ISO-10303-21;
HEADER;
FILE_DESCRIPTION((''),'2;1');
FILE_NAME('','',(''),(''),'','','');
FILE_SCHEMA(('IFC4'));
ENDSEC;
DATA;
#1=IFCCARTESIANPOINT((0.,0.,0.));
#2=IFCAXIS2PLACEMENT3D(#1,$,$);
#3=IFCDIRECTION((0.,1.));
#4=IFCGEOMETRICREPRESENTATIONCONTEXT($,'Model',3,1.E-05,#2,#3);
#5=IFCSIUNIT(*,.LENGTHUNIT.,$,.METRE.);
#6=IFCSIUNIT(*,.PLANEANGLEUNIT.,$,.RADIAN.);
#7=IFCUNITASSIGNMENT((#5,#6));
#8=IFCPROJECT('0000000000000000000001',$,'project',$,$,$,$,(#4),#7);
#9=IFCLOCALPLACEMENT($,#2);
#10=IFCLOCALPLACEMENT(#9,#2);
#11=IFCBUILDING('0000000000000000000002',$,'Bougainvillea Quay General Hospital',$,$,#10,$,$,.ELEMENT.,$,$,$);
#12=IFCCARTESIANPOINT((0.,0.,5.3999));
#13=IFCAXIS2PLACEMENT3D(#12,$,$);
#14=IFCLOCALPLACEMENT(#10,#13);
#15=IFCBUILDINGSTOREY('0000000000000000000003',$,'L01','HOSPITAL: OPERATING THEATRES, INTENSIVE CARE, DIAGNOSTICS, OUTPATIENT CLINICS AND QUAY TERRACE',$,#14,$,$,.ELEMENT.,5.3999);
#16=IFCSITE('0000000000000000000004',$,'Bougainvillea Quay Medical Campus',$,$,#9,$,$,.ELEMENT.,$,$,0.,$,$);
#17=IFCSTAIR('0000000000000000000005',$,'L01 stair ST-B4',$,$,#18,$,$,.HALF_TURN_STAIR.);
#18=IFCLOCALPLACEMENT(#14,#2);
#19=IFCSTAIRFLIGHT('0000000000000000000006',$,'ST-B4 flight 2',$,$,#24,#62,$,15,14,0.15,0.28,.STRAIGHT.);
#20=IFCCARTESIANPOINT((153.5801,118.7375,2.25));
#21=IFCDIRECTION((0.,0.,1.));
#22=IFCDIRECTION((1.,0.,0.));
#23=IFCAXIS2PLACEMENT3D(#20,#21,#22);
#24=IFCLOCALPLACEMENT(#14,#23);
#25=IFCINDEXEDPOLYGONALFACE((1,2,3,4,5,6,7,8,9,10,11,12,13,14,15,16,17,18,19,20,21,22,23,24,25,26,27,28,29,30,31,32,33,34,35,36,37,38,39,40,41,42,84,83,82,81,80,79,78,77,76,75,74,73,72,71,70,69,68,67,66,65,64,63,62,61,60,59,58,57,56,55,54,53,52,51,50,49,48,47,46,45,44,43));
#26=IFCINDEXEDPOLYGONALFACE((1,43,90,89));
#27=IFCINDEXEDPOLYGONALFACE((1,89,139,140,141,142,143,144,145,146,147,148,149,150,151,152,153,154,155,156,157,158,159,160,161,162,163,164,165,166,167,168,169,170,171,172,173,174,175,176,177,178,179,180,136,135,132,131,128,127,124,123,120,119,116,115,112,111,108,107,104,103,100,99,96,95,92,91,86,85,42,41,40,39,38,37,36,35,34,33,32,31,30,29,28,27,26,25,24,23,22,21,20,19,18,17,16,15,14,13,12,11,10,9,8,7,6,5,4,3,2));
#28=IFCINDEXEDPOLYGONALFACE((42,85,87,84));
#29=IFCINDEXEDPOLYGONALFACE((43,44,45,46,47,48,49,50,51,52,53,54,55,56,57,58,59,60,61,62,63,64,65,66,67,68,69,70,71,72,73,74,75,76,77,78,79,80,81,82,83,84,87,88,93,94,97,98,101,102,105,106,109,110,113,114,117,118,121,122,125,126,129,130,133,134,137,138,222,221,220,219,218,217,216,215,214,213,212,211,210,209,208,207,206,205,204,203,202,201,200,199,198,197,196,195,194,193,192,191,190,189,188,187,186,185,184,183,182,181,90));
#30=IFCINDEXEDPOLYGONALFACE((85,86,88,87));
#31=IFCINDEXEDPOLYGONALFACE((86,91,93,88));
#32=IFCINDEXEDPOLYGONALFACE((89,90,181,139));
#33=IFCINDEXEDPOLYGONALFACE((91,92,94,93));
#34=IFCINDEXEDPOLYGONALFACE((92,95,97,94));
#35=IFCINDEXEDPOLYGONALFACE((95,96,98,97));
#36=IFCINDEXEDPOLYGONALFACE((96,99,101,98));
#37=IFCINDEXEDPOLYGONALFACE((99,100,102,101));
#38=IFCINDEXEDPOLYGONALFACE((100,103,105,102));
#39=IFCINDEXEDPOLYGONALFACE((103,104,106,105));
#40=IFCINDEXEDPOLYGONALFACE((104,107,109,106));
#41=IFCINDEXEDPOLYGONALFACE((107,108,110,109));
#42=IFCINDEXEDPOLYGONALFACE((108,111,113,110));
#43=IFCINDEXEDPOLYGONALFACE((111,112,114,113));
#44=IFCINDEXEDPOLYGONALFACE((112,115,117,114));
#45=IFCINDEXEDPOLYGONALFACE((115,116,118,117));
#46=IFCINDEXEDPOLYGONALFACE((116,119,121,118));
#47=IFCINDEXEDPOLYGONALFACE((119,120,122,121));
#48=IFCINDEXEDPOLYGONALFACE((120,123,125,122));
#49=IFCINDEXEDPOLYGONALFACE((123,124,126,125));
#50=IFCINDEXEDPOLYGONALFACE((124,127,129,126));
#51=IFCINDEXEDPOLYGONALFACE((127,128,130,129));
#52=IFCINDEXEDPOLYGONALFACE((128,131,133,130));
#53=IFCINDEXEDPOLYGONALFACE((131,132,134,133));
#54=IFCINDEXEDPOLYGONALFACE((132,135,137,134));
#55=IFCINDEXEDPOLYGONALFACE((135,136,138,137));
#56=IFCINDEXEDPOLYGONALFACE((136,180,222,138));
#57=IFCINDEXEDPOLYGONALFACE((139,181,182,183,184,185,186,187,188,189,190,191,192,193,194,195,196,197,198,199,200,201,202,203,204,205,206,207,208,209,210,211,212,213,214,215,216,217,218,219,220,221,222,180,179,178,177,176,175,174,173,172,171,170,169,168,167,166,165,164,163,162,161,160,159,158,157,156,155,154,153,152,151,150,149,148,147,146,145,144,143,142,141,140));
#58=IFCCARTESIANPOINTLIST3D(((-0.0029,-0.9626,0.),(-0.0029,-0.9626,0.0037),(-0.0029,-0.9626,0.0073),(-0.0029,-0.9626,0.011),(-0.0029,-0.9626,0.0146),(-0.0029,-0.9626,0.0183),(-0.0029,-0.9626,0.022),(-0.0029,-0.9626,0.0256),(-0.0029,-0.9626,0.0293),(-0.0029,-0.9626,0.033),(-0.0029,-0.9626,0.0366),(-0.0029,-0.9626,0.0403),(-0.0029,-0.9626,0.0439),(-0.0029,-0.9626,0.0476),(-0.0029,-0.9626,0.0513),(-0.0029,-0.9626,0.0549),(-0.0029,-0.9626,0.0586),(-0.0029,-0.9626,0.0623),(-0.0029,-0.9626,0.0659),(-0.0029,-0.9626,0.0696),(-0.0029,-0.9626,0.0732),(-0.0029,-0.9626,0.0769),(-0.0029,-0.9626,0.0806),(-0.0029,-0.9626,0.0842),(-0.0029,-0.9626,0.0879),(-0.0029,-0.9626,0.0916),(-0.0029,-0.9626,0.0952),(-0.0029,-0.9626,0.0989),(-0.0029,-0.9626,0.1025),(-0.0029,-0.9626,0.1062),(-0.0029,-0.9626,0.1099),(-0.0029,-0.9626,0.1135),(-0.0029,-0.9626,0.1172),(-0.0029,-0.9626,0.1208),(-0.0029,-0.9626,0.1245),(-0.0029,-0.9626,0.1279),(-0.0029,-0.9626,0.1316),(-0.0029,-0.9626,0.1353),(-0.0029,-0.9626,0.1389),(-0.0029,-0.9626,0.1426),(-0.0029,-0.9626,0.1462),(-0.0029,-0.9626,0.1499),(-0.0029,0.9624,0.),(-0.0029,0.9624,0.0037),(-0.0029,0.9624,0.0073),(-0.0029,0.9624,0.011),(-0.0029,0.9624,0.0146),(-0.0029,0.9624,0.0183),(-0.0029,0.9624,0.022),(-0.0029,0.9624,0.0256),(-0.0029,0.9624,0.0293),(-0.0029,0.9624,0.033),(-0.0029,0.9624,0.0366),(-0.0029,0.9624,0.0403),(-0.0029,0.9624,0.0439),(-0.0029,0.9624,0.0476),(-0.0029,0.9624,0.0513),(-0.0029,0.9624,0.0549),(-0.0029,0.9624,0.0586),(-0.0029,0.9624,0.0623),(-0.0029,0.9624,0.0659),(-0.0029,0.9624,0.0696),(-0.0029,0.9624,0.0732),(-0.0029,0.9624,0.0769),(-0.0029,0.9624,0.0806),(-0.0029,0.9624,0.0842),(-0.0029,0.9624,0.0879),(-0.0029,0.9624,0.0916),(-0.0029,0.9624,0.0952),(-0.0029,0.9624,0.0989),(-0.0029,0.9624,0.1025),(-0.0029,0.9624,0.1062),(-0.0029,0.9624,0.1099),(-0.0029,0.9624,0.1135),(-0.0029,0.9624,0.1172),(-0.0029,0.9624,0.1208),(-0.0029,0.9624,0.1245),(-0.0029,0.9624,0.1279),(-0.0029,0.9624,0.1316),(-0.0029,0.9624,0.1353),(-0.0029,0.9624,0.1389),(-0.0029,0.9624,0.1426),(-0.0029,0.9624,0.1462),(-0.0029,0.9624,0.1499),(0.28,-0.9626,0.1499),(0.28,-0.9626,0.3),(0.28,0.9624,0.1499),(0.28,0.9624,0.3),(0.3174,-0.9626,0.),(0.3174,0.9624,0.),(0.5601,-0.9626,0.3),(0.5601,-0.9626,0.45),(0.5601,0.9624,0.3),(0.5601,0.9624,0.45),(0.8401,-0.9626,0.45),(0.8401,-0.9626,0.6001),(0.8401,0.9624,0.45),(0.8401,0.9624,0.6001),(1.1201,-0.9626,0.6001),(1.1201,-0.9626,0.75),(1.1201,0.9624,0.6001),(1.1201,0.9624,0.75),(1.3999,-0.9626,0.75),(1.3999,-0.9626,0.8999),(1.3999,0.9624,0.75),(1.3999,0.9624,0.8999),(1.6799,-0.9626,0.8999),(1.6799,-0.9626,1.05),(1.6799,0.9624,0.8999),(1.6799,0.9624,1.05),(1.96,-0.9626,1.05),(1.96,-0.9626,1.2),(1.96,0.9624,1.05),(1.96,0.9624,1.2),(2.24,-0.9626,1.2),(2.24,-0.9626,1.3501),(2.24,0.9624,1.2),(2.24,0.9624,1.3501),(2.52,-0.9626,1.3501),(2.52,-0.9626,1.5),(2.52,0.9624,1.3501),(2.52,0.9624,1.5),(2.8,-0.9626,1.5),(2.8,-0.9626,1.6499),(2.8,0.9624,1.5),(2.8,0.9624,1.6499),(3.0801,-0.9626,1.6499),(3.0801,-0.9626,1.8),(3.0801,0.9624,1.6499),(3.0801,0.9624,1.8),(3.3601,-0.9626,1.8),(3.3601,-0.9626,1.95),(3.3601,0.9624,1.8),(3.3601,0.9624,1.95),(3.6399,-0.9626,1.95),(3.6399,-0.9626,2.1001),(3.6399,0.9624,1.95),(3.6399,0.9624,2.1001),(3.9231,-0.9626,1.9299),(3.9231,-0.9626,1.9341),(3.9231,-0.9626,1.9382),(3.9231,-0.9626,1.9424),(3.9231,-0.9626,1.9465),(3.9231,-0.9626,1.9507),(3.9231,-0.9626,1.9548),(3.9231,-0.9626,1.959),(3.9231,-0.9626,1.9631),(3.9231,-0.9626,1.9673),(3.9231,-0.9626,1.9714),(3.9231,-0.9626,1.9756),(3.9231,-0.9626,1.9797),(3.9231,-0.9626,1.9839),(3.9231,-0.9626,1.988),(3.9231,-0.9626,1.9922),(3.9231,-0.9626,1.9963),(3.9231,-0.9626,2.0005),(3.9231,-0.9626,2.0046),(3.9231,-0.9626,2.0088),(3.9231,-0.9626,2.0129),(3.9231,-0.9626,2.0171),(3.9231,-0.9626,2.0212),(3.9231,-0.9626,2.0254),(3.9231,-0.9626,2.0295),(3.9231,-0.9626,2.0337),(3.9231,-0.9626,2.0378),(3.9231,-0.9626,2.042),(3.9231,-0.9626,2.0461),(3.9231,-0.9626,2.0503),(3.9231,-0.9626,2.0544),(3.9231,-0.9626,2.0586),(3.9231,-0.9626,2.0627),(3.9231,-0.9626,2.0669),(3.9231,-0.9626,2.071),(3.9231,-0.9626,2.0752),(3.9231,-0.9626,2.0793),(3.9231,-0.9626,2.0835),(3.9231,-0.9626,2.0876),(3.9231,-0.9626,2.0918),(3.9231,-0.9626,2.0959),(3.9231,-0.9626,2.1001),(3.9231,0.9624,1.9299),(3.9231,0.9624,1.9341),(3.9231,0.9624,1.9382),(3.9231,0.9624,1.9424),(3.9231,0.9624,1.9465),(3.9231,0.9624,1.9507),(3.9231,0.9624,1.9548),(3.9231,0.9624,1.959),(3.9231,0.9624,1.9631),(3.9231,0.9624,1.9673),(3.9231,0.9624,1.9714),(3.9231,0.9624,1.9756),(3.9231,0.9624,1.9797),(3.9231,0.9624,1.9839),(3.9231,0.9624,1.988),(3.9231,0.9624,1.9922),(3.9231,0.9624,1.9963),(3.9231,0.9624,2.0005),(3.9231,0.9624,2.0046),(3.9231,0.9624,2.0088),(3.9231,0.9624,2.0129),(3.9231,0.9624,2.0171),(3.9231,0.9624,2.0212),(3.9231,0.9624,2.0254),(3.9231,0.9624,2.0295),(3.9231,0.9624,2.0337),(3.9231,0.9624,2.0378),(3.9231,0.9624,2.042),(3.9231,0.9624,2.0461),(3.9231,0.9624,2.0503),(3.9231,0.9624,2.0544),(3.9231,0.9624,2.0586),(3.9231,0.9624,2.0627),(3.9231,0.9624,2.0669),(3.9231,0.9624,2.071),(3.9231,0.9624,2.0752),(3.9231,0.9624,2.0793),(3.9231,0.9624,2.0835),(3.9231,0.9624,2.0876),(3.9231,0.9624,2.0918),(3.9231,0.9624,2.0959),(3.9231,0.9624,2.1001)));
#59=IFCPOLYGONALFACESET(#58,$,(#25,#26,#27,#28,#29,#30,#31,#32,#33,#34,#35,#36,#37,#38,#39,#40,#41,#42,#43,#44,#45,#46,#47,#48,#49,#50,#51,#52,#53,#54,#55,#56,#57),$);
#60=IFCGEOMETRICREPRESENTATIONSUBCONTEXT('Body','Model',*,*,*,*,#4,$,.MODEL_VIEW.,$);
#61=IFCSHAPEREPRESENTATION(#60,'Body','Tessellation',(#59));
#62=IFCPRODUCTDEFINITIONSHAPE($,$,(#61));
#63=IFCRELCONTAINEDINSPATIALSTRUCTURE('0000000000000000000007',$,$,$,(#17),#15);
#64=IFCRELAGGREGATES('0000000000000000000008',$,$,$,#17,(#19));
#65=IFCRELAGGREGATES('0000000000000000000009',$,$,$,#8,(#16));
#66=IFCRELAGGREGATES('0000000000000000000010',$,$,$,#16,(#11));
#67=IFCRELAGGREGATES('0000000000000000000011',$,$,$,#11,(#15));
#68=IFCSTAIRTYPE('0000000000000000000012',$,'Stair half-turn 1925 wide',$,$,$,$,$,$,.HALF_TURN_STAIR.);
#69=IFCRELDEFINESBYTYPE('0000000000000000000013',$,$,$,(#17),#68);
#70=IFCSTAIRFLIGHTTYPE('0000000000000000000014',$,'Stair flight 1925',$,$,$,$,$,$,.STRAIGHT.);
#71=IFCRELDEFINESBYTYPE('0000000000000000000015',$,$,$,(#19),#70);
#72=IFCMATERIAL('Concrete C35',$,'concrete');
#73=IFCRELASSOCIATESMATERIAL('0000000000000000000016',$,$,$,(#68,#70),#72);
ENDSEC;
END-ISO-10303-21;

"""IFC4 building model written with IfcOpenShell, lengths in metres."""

from ifc_helpers import new_model, si_unit, direction, frame, origin, place, context, subcontext, project, spatial, polyline, outline, extrude, material, type_object, element, aggregate, save


model = new_model("IFC4")

# Units and contexts
model_context = context("Model", 3, precision=1e-05, world=origin(), true_north=direction((0.0, 1.0)))
body_context = subcontext(model_context, "Body", "Model", "MODEL_VIEW")
ifc_project = project(units=[si_unit("LENGTHUNIT", "METRE"), si_unit("PLANEANGLEUNIT", "RADIAN")], contexts=[model_context])

# Site, building, storey
site_placement = place(None, origin())
site = spatial("IfcSite", under=ifc_project, at=site_placement, Name="Bougainvillea Quay Medical Campus", CompositionType="ELEMENT", RefElevation=0.0)
building_placement = place(site_placement, origin())
building = spatial("IfcBuilding", under=site, at=building_placement, Name="Bougainvillea Quay General Hospital", CompositionType="ELEMENT")
storey_placement = place(building_placement, frame((0.0, 0.0, 5.3999)))
storey = spatial("IfcBuildingStorey", under=building, at=storey_placement, Name="L01", Description="HOSPITAL: OPERATING THEATRES, INTENSIVE CARE, DIAGNOSTICS, OUTPATIENT CLINICS AND QUAY TERRACE", CompositionType="ELEMENT", Elevation=5.3999)

# Stair, stair flight
ifc_material_1 = material(Name="Concrete C35", Category="concrete")
stair_type = type_object("IfcStairType", Name="Stair half-turn 1925 wide", PredefinedType="HALF_TURN_STAIR", material=ifc_material_1)
stair_placement = place(storey_placement, origin())
stair = element("IfcStair", 1, at=stair_placement, inside=storey, type_object=stair_type, Name="L01 stair ST-B4", PredefinedType="HALF_TURN_STAIR")
stair_flight_type = type_object("IfcStairFlightType", Name="Stair flight 1925", PredefinedType="STRAIGHT", material=ifc_material_1)
stair_flight_1_placement = place(storey_placement, frame((153.5801, 118.7375, 2.25), z_axis=(0.0, 0.0, 1.0), x_axis=(1.0, 0.0, 0.0)))
stair_flight_1 = element("IfcStairFlight", 2, at=stair_flight_1_placement, type_object=stair_flight_type, Name="ST-B4 flight 2", NumberOfRisers=15, NumberOfTreads=14, PredefinedType="STRAIGHT", RiserHeight=0.15, TreadLength=0.28, context=body_context, shape_type="SweptSolid", body=[
    extrude(outline(polyline([(-0.0029, 0.0), (-0.0029, 0.0037), (-0.0029, 0.0073), (-0.0029, 0.011), (-0.0029, 0.0146), (-0.0029, 0.0183), (-0.0029, 0.022), (-0.0029, 0.0256), (-0.0029, 0.0293), (-0.0029, 0.033), (-0.0029, 0.0366), (-0.0029, 0.0403), (-0.0029, 0.0439), (-0.0029, 0.0476), (-0.0029, 0.0513), (-0.0029, 0.0549), (-0.0029, 0.0586), (-0.0029, 0.0623), (-0.0029, 0.0659), (-0.0029, 0.0696), (-0.0029, 0.0732), (-0.0029, 0.0769), (-0.0029, 0.0806), (-0.0029, 0.0842), (-0.0029, 0.0879), (-0.0029, 0.0916), (-0.0029, 0.0952), (-0.0029, 0.0989), (-0.0029, 0.1025), (-0.0029, 0.1062), (-0.0029, 0.1099), (-0.0029, 0.1135), (-0.0029, 0.1172), (-0.0029, 0.1208), (-0.0029, 0.1245), (-0.0029, 0.1279), (-0.0029, 0.1316), (-0.0029, 0.1353), (-0.0029, 0.1389), (-0.0029, 0.1426), (-0.0029, 0.1462), (-0.0029, 0.1499), (0.28, 0.1499), (0.28, 0.3), (0.5601, 0.3), (0.5601, 0.45), (0.8401, 0.45), (0.8401, 0.6001), (1.1201, 0.6001), (1.1201, 0.75), (1.3999, 0.75), (1.3999, 0.8999), (1.6799, 0.8999), (1.6799, 1.05), (1.96, 1.05), (1.96, 1.2), (2.24, 1.2), (2.24, 1.3501), (2.52, 1.3501), (2.52, 1.5), (2.8, 1.5), (2.8, 1.6499), (3.0801, 1.6499), (3.0801, 1.8), (3.3601, 1.8), (3.3601, 1.95), (3.6399, 1.95), (3.6399, 2.1001), (3.9231, 2.1001), (3.9231, 2.0959), (3.9231, 2.0918), (3.9231, 2.0876), (3.9231, 2.0835), (3.9231, 2.0793), (3.9231, 2.0752), (3.9231, 2.071), (3.9231, 2.0669), (3.9231, 2.0627), (3.9231, 2.0586), (3.9231, 2.0544), (3.9231, 2.0503), (3.9231, 2.0461), (3.9231, 2.042), (3.9231, 2.0378), (3.9231, 2.0337), (3.9231, 2.0295), (3.9231, 2.0254), (3.9231, 2.0212), (3.9231, 2.0171), (3.9231, 2.0129), (3.9231, 2.0088), (3.9231, 2.0046), (3.9231, 2.0005), (3.9231, 1.9963), (3.9231, 1.9922), (3.9231, 1.988), (3.9231, 1.9839), (3.9231, 1.9797), (3.9231, 1.9756), (3.9231, 1.9714), (3.9231, 1.9673), (3.9231, 1.9631), (3.9231, 1.959), (3.9231, 1.9548), (3.9231, 1.9507), (3.9231, 1.9465), (3.9231, 1.9424), (3.9231, 1.9382), (3.9231, 1.9341), (3.9231, 1.9299), (0.3174, 0.0), (-0.0029, 0.0)])), frame((0.0, 0.9624, 0.0), z_axis=(0.0, -1.0, 0.0), x_axis=(1.0, 0.0, 0.0)), (0.0, 0.0, 1.0), 1.925),
])
aggregate(stair, [stair_flight_1])

save(model, "model.ifc")
